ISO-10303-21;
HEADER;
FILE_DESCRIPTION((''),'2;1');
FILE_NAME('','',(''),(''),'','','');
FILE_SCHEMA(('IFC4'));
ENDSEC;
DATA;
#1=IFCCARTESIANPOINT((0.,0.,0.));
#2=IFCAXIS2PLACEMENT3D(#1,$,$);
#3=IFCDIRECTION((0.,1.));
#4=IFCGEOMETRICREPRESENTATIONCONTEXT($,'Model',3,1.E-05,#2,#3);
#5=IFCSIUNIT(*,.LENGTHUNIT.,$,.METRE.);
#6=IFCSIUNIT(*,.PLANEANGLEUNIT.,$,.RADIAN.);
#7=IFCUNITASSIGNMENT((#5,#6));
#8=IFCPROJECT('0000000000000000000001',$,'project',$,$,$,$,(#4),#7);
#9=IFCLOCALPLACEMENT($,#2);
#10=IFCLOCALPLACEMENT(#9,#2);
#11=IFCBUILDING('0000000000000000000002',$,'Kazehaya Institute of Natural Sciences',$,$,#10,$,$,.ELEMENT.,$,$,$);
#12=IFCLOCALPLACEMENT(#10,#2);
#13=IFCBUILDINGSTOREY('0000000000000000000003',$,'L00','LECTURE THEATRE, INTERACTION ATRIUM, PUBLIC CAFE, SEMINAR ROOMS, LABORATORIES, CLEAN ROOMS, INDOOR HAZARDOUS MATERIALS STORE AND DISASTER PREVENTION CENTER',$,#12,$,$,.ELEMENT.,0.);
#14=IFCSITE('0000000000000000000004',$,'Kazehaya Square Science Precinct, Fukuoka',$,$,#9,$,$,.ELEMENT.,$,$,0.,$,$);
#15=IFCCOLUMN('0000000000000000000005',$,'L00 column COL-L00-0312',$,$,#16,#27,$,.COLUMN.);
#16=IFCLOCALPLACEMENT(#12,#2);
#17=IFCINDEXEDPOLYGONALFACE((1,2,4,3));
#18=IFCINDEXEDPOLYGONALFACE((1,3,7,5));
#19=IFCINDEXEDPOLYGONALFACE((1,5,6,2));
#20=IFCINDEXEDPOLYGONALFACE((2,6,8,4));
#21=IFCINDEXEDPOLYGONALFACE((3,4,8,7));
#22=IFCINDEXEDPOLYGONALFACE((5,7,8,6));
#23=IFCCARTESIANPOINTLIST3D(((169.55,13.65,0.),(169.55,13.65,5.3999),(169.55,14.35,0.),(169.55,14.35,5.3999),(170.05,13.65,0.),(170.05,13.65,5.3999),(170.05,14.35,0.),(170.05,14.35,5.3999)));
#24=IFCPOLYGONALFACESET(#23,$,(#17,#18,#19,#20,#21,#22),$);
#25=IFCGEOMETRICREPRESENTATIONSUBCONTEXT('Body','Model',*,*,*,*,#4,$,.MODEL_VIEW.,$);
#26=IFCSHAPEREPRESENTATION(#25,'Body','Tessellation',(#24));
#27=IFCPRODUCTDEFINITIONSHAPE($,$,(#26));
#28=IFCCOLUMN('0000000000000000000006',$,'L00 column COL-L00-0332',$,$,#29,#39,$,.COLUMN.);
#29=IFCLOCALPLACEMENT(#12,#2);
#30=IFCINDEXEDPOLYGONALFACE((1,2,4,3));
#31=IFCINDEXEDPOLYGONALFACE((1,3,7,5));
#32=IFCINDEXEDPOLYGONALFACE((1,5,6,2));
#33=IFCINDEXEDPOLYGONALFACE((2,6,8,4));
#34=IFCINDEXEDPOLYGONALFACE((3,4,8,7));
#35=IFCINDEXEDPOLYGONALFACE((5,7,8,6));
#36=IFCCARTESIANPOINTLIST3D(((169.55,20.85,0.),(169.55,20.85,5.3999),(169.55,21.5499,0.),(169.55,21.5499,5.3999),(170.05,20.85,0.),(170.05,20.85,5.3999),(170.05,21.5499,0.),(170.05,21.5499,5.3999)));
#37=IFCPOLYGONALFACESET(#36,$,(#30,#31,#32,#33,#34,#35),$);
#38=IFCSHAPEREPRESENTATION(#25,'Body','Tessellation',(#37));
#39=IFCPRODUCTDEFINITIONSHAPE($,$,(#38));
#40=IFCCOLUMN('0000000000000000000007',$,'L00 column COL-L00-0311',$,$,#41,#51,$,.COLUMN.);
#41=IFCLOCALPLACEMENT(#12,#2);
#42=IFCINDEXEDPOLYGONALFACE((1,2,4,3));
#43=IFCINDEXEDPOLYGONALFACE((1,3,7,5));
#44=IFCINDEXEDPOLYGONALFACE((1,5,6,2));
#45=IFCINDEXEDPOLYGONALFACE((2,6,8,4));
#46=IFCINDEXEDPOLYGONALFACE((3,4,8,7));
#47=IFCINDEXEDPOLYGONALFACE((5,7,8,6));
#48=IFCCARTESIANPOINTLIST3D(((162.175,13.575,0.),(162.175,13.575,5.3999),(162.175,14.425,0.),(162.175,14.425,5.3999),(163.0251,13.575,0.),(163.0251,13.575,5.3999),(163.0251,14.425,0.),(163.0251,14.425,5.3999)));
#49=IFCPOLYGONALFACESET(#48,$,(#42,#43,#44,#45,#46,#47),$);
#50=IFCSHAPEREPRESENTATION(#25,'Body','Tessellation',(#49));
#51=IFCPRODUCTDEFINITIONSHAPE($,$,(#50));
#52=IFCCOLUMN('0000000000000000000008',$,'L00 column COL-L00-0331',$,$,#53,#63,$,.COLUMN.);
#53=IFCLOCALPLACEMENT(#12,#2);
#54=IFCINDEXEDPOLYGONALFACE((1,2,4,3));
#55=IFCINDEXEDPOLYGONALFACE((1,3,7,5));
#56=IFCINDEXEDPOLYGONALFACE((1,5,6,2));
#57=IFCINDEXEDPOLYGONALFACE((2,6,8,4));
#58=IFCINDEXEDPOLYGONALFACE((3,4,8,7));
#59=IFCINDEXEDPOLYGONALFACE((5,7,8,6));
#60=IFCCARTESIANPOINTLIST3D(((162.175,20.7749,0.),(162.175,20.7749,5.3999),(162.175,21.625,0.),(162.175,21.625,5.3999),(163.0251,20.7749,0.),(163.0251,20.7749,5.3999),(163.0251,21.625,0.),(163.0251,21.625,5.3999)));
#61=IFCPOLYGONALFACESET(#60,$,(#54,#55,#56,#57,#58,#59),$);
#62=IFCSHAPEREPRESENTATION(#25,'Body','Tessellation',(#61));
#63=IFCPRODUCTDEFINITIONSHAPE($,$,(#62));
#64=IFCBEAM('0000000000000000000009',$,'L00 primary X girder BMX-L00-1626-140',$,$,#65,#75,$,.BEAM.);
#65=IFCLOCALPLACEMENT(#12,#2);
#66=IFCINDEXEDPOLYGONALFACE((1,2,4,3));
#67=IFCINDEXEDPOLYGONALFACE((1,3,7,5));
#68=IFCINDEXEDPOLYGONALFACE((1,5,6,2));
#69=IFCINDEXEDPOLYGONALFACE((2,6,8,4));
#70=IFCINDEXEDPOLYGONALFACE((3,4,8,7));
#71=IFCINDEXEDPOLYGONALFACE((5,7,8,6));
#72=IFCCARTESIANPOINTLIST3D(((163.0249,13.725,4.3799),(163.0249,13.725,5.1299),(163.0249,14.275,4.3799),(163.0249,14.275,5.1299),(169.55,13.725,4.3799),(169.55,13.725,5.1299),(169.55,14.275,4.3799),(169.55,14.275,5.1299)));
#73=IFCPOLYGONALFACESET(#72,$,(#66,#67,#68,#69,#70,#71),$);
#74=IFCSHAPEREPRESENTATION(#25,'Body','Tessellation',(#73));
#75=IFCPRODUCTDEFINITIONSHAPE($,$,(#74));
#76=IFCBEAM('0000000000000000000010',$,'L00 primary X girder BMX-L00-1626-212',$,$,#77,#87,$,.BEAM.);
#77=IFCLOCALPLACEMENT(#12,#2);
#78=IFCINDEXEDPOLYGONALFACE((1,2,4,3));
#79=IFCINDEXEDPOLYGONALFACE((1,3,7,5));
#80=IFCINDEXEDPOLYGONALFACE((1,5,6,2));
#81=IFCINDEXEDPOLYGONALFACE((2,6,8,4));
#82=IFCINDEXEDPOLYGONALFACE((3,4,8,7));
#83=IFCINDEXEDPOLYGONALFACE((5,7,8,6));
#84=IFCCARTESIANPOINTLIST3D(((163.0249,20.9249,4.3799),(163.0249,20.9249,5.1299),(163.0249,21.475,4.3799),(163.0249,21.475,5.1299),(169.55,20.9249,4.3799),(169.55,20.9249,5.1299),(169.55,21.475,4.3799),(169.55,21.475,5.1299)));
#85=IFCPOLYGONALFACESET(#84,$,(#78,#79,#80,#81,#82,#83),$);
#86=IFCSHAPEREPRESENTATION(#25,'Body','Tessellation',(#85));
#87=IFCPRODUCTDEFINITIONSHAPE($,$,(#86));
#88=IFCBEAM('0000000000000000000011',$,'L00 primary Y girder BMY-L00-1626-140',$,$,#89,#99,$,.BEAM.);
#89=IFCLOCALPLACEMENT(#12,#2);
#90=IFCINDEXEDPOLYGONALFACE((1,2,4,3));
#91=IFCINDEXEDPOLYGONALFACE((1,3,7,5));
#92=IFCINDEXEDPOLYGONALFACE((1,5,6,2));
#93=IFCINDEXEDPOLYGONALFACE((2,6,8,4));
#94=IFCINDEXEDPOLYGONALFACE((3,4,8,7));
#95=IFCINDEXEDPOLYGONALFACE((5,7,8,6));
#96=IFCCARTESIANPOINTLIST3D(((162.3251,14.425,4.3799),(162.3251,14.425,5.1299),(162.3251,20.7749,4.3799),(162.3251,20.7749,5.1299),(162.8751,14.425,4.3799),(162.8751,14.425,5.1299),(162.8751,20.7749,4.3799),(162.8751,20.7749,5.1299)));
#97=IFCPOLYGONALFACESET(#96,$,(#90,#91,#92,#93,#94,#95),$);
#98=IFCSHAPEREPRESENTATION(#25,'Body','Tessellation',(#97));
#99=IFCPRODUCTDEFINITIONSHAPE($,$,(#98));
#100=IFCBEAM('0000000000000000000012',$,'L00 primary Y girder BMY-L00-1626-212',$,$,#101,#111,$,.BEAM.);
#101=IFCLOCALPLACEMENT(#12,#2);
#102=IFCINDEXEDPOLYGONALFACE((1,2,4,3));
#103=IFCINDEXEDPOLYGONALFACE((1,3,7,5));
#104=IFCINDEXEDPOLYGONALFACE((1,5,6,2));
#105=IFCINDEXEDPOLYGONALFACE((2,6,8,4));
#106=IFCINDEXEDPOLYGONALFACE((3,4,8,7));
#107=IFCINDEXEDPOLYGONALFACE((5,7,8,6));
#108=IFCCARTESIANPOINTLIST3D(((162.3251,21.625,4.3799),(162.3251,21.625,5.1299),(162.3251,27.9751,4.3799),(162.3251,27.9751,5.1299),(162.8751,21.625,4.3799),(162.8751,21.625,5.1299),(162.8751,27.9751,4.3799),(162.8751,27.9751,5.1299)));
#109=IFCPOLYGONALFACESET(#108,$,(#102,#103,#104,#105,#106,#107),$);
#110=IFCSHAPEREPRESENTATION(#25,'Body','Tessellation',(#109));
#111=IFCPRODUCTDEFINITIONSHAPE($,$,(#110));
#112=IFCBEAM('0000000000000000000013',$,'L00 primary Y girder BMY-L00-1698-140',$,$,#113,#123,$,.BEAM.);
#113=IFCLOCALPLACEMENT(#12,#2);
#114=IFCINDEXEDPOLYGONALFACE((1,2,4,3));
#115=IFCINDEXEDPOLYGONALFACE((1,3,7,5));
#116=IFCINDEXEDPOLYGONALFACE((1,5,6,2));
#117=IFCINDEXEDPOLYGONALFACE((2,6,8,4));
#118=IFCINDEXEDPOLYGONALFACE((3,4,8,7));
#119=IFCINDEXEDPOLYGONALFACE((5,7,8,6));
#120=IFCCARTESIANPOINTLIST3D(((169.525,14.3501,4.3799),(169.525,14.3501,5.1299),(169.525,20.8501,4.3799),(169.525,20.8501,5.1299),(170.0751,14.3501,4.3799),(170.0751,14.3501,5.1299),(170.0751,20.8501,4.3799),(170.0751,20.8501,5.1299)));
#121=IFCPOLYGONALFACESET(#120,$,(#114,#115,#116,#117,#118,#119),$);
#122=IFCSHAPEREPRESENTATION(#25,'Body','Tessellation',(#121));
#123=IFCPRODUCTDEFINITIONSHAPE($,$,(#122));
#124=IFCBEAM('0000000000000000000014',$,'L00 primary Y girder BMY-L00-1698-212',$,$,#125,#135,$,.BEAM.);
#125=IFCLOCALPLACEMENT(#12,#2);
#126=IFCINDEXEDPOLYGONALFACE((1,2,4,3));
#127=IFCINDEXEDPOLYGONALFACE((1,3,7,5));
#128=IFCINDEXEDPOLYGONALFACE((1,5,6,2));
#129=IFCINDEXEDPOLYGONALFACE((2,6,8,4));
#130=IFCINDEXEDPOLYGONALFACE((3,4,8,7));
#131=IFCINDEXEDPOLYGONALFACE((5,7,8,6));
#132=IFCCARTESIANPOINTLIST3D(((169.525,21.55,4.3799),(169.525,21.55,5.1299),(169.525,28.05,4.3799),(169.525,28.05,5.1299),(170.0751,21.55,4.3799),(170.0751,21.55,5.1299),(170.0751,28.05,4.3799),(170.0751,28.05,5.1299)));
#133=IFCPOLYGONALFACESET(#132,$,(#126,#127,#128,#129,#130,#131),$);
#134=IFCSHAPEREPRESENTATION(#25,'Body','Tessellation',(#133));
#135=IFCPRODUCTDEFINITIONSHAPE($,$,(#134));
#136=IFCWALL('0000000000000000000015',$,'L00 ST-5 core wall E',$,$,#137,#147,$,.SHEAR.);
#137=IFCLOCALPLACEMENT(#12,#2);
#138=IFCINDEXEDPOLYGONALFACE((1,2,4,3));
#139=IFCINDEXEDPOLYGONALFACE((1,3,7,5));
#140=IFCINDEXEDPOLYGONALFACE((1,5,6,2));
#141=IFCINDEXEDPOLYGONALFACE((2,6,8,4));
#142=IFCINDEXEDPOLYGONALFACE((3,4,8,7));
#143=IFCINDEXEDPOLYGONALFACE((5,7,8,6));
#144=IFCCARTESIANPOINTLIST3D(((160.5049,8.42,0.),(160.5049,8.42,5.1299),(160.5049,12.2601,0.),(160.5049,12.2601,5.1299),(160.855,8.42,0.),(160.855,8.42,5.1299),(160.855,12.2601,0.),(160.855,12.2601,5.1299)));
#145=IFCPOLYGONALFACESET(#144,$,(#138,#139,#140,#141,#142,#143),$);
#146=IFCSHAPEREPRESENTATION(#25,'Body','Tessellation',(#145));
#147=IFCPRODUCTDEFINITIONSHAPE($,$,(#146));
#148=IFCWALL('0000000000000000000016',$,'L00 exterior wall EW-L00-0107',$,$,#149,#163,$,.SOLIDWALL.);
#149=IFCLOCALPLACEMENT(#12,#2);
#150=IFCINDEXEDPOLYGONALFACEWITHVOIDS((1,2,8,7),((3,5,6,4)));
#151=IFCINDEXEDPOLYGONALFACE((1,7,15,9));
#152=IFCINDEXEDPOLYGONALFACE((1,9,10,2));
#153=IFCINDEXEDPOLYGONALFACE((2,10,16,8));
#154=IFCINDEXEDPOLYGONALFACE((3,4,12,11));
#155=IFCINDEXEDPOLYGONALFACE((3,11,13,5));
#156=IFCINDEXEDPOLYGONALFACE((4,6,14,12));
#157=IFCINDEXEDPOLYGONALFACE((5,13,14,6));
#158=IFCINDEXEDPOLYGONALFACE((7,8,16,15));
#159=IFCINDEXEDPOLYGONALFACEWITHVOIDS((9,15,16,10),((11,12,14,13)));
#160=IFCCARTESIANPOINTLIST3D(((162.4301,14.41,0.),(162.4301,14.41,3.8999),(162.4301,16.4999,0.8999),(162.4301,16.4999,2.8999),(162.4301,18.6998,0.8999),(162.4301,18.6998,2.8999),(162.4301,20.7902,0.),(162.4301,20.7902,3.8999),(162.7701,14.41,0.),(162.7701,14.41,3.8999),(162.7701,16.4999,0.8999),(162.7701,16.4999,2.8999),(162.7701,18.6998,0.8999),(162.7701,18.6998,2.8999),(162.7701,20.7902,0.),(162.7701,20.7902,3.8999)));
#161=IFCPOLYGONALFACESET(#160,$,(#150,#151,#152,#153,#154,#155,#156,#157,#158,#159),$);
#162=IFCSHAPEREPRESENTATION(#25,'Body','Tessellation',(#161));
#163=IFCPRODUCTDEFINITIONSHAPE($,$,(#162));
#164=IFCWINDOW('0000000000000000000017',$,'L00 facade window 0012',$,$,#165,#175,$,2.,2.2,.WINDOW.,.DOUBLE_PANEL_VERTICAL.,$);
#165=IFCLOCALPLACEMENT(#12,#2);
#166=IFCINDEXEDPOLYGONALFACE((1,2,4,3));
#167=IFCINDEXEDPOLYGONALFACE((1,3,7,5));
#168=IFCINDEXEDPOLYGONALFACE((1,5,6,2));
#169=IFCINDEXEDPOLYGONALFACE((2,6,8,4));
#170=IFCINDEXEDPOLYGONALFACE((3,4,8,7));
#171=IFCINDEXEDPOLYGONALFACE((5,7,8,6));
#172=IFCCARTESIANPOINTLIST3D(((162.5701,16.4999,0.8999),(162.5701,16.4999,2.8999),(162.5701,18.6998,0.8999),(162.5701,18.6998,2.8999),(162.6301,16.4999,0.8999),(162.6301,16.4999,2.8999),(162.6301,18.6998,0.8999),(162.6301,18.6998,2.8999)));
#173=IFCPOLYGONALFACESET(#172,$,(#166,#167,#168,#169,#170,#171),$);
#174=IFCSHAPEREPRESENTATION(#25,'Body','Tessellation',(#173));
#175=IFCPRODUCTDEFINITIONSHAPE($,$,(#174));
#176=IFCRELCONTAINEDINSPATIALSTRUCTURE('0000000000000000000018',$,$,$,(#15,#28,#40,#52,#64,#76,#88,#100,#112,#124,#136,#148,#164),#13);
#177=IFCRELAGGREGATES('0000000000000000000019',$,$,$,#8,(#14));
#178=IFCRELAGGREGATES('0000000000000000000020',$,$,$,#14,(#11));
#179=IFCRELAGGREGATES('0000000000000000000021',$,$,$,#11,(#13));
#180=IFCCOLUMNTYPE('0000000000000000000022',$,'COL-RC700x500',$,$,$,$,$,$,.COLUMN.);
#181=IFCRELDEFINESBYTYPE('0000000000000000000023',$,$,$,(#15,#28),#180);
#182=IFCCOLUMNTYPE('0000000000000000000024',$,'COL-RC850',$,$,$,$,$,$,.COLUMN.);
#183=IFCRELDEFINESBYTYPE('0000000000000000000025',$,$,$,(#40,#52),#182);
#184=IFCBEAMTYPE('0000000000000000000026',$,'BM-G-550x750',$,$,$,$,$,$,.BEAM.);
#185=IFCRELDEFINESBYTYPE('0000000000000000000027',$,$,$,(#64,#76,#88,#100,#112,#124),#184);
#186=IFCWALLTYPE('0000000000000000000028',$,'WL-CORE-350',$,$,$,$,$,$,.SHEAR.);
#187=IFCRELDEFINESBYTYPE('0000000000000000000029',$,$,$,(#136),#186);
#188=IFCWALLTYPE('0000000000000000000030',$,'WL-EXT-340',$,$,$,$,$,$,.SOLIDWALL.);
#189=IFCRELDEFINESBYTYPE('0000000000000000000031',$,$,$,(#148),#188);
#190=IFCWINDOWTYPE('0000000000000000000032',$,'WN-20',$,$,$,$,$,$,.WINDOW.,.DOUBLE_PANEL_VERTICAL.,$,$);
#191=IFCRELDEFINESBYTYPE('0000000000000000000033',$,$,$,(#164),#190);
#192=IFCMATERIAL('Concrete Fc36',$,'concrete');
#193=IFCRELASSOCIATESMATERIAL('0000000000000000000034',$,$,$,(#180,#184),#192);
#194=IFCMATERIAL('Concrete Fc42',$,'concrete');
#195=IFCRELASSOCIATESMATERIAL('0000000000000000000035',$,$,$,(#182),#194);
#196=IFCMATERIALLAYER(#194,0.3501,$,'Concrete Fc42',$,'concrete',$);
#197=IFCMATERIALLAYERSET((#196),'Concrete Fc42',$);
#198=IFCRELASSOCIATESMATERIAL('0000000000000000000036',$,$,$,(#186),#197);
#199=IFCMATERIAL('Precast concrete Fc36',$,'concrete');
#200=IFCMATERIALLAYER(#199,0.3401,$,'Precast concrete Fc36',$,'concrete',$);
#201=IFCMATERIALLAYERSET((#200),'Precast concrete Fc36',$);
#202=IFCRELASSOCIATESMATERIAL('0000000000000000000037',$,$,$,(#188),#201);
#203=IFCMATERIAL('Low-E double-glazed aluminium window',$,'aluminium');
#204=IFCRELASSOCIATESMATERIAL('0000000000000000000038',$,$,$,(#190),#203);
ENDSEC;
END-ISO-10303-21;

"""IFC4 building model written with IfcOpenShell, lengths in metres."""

from ifc_helpers import new_model, si_unit, direction, frame, frame_2d, origin, origin_2d, place, context, subcontext, project, spatial, rectangle, extrude, material, layer, layer_set, material_profile, profile_set, type_object, element, fill, save


model = new_model("IFC4")

# Units and contexts
model_context = context("Model", 3, precision=1e-05, world=origin(), true_north=direction((0.0, 1.0)))
body_context = subcontext(model_context, "Body", "Model", "MODEL_VIEW")
ifc_project = project(units=[si_unit("LENGTHUNIT", "METRE"), si_unit("PLANEANGLEUNIT", "RADIAN")], contexts=[model_context])

# Site, building, storey
site_placement = place(None, origin())
site = spatial("IfcSite", under=ifc_project, at=site_placement, Name="Kazehaya Square Science Precinct, Fukuoka", CompositionType="ELEMENT", RefElevation=0.0)
building_placement = place(site_placement, origin())
building = spatial("IfcBuilding", under=site, at=building_placement, Name="Kazehaya Institute of Natural Sciences", CompositionType="ELEMENT")
storey_placement = place(building_placement, origin())
storey = spatial("IfcBuildingStorey", under=building, at=storey_placement, Name="L00", Description="LECTURE THEATRE, INTERACTION ATRIUM, PUBLIC CAFE, SEMINAR ROOMS, LABORATORIES, CLEAN ROOMS, INDOOR HAZARDOUS MATERIALS STORE AND DISASTER PREVENTION CENTER", CompositionType="ELEMENT", Elevation=0.0)

# Columns
ifc_material_1 = material(Name="Concrete Fc36", Category="concrete")
ifc_material_profile_1 = material_profile(ifc_material_1, rectangle(XDim=0.5, YDim=0.7, at=origin_2d()), Name="RC-700x500")
ifc_profile_set_1 = profile_set([ifc_material_profile_1], Name="Concrete Fc36")
column_type_1 = type_object("IfcColumnType", Name="COL-RC700x500", PredefinedType="COLUMN", material=ifc_profile_set_1)
for number, where, z_axis, x_axis, name in (
    (1, (169.8, 14.0, 0.0), (0.0, 0.0, 1.0), (1.0, 0.0, 0.0), "L00 column COL-L00-0312"),
    (2, (169.8, 21.2, 0.0), (0.0, 0.0, 1.0), (1.0, 0.0, 0.0), "L00 column COL-L00-0332"),
):
    element("IfcColumn", number, at=place(storey_placement, frame(where, z_axis=z_axis, x_axis=x_axis)), inside=storey, type_object=column_type_1, Name=name, PredefinedType="COLUMN", context=body_context, shape_type="SweptSolid", body=[
        extrude(rectangle(XDim=0.5, YDim=0.7, at=origin_2d()), origin(), (0.0, 0.0, 1.0), 5.3999),
    ])
ifc_material_2 = material(Name="Concrete Fc42", Category="concrete")
ifc_material_profile_2 = material_profile(ifc_material_2, rectangle(XDim=0.8501, YDim=0.8501, at=origin_2d()), Name="RC-850x850")
ifc_profile_set_2 = profile_set([ifc_material_profile_2], Name="Concrete Fc42")
column_type_2 = type_object("IfcColumnType", Name="COL-RC850", PredefinedType="COLUMN", material=ifc_profile_set_2)
for number, where, z_axis, x_axis, name in (
    (3, (162.6001, 14.0, 0.0), (0.0, 0.0, 1.0), (1.0, 0.0, 0.0), "L00 column COL-L00-0311"),
    (4, (162.6001, 21.2, 0.0), (0.0, 0.0, 1.0), (1.0, 0.0, 0.0), "L00 column COL-L00-0331"),
):
    element("IfcColumn", number, at=place(storey_placement, frame(where, z_axis=z_axis, x_axis=x_axis)), inside=storey, type_object=column_type_2, Name=name, PredefinedType="COLUMN", context=body_context, shape_type="SweptSolid", body=[
        extrude(rectangle(XDim=0.8501, YDim=0.8501, at=origin_2d()), origin(), (0.0, 0.0, 1.0), 5.3999),
    ])

# Beams
ifc_material_profile_3 = material_profile(ifc_material_1, rectangle(XDim=0.55, YDim=0.75, at=origin_2d()), Name="RC-550x750")
ifc_profile_set_3 = profile_set([ifc_material_profile_3], Name="Concrete Fc36")
beam_type = type_object("IfcBeamType", Name="BM-G-550x750", PredefinedType="BEAM", material=ifc_profile_set_3)
for number, where, z_axis, x_axis, name in (
    (5, (163.0249, 14.0, 4.7549), (1.0, 0.0, 0.0), (0.0, 1.0, 0.0), "L00 primary X girder BMX-L00-1626-140"),
    (6, (163.0249, 21.2, 4.7549), (1.0, 0.0, 0.0), (0.0, 1.0, 0.0), "L00 primary X girder BMX-L00-1626-212"),
):
    element("IfcBeam", number, at=place(storey_placement, frame(where, z_axis=z_axis, x_axis=x_axis)), inside=storey, type_object=beam_type, Name=name, PredefinedType="BEAM", context=body_context, shape_type="SweptSolid", body=[
        extrude(rectangle(XDim=0.55, YDim=0.75, at=origin_2d()), origin(), (0.0, 0.0, 1.0), 6.5251),
    ])
beam_1_placement = place(storey_placement, frame((162.6001, 14.425, 4.7549), z_axis=(0.0, 1.0, 0.0), x_axis=(-1.0, 0.0, 0.0)))
element("IfcBeam", 7, at=beam_1_placement, inside=storey, type_object=beam_type, Name="L00 primary Y girder BMY-L00-1626-140", PredefinedType="BEAM", context=body_context, shape_type="SweptSolid", body=[
    extrude(rectangle(XDim=0.55, YDim=0.75, at=origin_2d()), origin(), (0.0, 0.0, 1.0), 6.3499),
])
beam_2_placement = place(storey_placement, frame((162.6001, 21.625, 4.7549), z_axis=(0.0, 1.0, 0.0), x_axis=(-1.0, 0.0, 0.0)))
element("IfcBeam", 8, at=beam_2_placement, inside=storey, type_object=beam_type, Name="L00 primary Y girder BMY-L00-1626-212", PredefinedType="BEAM", context=body_context, shape_type="SweptSolid", body=[
    extrude(rectangle(XDim=0.55, YDim=0.75, at=origin_2d()), origin(), (0.0, 0.0, 1.0), 6.3501),
])
for number, where, z_axis, x_axis, name in (
    (9, (169.8, 14.3501, 4.7549), (0.0, 1.0, 0.0), (-1.0, 0.0, 0.0), "L00 primary Y girder BMY-L00-1698-140"),
    (10, (169.8, 21.55, 4.7549), (0.0, 1.0, 0.0), (-1.0, 0.0, 0.0), "L00 primary Y girder BMY-L00-1698-212"),
):
    element("IfcBeam", number, at=place(storey_placement, frame(where, z_axis=z_axis, x_axis=x_axis)), inside=storey, type_object=beam_type, Name=name, PredefinedType="BEAM", context=body_context, shape_type="SweptSolid", body=[
        extrude(rectangle(XDim=0.55, YDim=0.75, at=origin_2d()), origin(), (0.0, 0.0, 1.0), 6.5),
    ])

# Wall
ifc_layer_1 = layer(ifc_material_2, 0.3501, Name="Concrete Fc42", Category="concrete")
ifc_layer_set_1 = layer_set([ifc_layer_1], Name="Concrete Fc42")
wall_type_1 = type_object("IfcWallType", Name="WL-CORE-350", PredefinedType="SHEAR", material=ifc_layer_set_1)
wall_1_placement = place(storey_placement, frame((160.6799, 12.26, 0.0), z_axis=(0.0, 0.0, 1.0), x_axis=(0.0, -1.0, 0.0)))
element("IfcWall", 11, at=wall_1_placement, inside=storey, type_object=wall_type_1, Name="L00 ST-5 core wall E", PredefinedType="SHEAR", context=body_context, shape_type="SweptSolid", body=[
    extrude(rectangle(XDim=3.8401, YDim=0.3501, at=frame_2d((1.9199, 0.0))), origin(), (0.0, 0.0, 1.0), 5.1299),
])

# Wall, opening, window
ifc_material_3 = material(Name="Precast concrete Fc36", Category="concrete")
ifc_layer_2 = layer(ifc_material_3, 0.3401, Name="Precast concrete Fc36", Category="concrete")
ifc_layer_set_2 = layer_set([ifc_layer_2], Name="Precast concrete Fc36")
wall_type_2 = type_object("IfcWallType", Name="WL-EXT-340", PredefinedType="SOLIDWALL", material=ifc_layer_set_2)
wall_2_placement = place(storey_placement, frame((162.6001, 20.79, 0.0), z_axis=(0.0, 0.0, 1.0), x_axis=(0.0, -1.0, 0.0)))
wall_2 = element("IfcWall", 12, at=wall_2_placement, inside=storey, type_object=wall_type_2, Name="L00 exterior wall EW-L00-0107", PredefinedType="SOLIDWALL", context=body_context, shape_type="SweptSolid", body=[
    extrude(rectangle(XDim=6.3801, YDim=0.3401, at=frame_2d((3.1899, 0.0))), origin(), (0.0, 0.0, 1.0), 3.8999),
])
opening_1_placement = place(wall_2_placement, frame((2.0901, 0.0, 0.8999)))
opening_1 = element("IfcOpeningElement", 13, at=opening_1_placement, cuts=wall_2, PredefinedType="OPENING", context=body_context, shape_type="SweptSolid", body=[
    extrude(rectangle(XDim=2.2, YDim=2.0, at=frame_2d((1.1001, 1.0))), frame((0.0, 0.1799, 0.0), z_axis=(0.0, -1.0, 0.0), x_axis=(1.0, 0.0, 0.0)), (0.0, 0.0, 1.0), 0.3601),
])
ifc_material_4 = material(Name="Low-E double-glazed aluminium window", Category="aluminium")
window_type = type_object("IfcWindowType", Name="WN-20", PartitioningType="DOUBLE_PANEL_VERTICAL", PredefinedType="WINDOW", material=ifc_material_4)
window_placement = place(opening_1_placement, origin())
window = element("IfcWindow", 14, at=window_placement, inside=storey, type_object=window_type, Name="L00 facade window 0012", OverallHeight=2.0, OverallWidth=2.2, PartitioningType="DOUBLE_PANEL_VERTICAL", PredefinedType="WINDOW", context=body_context, shape_type="SweptSolid", body=[
    extrude(rectangle(XDim=2.2, YDim=2.0, at=frame_2d((1.1001, 1.0))), frame((0.0, 0.03, 0.0), z_axis=(0.0, -1.0, 0.0), x_axis=(1.0, 0.0, 0.0)), (0.0, 0.0, 1.0), 0.0601),
])
fill(opening_1, window)

save(model, "model.ifc")
